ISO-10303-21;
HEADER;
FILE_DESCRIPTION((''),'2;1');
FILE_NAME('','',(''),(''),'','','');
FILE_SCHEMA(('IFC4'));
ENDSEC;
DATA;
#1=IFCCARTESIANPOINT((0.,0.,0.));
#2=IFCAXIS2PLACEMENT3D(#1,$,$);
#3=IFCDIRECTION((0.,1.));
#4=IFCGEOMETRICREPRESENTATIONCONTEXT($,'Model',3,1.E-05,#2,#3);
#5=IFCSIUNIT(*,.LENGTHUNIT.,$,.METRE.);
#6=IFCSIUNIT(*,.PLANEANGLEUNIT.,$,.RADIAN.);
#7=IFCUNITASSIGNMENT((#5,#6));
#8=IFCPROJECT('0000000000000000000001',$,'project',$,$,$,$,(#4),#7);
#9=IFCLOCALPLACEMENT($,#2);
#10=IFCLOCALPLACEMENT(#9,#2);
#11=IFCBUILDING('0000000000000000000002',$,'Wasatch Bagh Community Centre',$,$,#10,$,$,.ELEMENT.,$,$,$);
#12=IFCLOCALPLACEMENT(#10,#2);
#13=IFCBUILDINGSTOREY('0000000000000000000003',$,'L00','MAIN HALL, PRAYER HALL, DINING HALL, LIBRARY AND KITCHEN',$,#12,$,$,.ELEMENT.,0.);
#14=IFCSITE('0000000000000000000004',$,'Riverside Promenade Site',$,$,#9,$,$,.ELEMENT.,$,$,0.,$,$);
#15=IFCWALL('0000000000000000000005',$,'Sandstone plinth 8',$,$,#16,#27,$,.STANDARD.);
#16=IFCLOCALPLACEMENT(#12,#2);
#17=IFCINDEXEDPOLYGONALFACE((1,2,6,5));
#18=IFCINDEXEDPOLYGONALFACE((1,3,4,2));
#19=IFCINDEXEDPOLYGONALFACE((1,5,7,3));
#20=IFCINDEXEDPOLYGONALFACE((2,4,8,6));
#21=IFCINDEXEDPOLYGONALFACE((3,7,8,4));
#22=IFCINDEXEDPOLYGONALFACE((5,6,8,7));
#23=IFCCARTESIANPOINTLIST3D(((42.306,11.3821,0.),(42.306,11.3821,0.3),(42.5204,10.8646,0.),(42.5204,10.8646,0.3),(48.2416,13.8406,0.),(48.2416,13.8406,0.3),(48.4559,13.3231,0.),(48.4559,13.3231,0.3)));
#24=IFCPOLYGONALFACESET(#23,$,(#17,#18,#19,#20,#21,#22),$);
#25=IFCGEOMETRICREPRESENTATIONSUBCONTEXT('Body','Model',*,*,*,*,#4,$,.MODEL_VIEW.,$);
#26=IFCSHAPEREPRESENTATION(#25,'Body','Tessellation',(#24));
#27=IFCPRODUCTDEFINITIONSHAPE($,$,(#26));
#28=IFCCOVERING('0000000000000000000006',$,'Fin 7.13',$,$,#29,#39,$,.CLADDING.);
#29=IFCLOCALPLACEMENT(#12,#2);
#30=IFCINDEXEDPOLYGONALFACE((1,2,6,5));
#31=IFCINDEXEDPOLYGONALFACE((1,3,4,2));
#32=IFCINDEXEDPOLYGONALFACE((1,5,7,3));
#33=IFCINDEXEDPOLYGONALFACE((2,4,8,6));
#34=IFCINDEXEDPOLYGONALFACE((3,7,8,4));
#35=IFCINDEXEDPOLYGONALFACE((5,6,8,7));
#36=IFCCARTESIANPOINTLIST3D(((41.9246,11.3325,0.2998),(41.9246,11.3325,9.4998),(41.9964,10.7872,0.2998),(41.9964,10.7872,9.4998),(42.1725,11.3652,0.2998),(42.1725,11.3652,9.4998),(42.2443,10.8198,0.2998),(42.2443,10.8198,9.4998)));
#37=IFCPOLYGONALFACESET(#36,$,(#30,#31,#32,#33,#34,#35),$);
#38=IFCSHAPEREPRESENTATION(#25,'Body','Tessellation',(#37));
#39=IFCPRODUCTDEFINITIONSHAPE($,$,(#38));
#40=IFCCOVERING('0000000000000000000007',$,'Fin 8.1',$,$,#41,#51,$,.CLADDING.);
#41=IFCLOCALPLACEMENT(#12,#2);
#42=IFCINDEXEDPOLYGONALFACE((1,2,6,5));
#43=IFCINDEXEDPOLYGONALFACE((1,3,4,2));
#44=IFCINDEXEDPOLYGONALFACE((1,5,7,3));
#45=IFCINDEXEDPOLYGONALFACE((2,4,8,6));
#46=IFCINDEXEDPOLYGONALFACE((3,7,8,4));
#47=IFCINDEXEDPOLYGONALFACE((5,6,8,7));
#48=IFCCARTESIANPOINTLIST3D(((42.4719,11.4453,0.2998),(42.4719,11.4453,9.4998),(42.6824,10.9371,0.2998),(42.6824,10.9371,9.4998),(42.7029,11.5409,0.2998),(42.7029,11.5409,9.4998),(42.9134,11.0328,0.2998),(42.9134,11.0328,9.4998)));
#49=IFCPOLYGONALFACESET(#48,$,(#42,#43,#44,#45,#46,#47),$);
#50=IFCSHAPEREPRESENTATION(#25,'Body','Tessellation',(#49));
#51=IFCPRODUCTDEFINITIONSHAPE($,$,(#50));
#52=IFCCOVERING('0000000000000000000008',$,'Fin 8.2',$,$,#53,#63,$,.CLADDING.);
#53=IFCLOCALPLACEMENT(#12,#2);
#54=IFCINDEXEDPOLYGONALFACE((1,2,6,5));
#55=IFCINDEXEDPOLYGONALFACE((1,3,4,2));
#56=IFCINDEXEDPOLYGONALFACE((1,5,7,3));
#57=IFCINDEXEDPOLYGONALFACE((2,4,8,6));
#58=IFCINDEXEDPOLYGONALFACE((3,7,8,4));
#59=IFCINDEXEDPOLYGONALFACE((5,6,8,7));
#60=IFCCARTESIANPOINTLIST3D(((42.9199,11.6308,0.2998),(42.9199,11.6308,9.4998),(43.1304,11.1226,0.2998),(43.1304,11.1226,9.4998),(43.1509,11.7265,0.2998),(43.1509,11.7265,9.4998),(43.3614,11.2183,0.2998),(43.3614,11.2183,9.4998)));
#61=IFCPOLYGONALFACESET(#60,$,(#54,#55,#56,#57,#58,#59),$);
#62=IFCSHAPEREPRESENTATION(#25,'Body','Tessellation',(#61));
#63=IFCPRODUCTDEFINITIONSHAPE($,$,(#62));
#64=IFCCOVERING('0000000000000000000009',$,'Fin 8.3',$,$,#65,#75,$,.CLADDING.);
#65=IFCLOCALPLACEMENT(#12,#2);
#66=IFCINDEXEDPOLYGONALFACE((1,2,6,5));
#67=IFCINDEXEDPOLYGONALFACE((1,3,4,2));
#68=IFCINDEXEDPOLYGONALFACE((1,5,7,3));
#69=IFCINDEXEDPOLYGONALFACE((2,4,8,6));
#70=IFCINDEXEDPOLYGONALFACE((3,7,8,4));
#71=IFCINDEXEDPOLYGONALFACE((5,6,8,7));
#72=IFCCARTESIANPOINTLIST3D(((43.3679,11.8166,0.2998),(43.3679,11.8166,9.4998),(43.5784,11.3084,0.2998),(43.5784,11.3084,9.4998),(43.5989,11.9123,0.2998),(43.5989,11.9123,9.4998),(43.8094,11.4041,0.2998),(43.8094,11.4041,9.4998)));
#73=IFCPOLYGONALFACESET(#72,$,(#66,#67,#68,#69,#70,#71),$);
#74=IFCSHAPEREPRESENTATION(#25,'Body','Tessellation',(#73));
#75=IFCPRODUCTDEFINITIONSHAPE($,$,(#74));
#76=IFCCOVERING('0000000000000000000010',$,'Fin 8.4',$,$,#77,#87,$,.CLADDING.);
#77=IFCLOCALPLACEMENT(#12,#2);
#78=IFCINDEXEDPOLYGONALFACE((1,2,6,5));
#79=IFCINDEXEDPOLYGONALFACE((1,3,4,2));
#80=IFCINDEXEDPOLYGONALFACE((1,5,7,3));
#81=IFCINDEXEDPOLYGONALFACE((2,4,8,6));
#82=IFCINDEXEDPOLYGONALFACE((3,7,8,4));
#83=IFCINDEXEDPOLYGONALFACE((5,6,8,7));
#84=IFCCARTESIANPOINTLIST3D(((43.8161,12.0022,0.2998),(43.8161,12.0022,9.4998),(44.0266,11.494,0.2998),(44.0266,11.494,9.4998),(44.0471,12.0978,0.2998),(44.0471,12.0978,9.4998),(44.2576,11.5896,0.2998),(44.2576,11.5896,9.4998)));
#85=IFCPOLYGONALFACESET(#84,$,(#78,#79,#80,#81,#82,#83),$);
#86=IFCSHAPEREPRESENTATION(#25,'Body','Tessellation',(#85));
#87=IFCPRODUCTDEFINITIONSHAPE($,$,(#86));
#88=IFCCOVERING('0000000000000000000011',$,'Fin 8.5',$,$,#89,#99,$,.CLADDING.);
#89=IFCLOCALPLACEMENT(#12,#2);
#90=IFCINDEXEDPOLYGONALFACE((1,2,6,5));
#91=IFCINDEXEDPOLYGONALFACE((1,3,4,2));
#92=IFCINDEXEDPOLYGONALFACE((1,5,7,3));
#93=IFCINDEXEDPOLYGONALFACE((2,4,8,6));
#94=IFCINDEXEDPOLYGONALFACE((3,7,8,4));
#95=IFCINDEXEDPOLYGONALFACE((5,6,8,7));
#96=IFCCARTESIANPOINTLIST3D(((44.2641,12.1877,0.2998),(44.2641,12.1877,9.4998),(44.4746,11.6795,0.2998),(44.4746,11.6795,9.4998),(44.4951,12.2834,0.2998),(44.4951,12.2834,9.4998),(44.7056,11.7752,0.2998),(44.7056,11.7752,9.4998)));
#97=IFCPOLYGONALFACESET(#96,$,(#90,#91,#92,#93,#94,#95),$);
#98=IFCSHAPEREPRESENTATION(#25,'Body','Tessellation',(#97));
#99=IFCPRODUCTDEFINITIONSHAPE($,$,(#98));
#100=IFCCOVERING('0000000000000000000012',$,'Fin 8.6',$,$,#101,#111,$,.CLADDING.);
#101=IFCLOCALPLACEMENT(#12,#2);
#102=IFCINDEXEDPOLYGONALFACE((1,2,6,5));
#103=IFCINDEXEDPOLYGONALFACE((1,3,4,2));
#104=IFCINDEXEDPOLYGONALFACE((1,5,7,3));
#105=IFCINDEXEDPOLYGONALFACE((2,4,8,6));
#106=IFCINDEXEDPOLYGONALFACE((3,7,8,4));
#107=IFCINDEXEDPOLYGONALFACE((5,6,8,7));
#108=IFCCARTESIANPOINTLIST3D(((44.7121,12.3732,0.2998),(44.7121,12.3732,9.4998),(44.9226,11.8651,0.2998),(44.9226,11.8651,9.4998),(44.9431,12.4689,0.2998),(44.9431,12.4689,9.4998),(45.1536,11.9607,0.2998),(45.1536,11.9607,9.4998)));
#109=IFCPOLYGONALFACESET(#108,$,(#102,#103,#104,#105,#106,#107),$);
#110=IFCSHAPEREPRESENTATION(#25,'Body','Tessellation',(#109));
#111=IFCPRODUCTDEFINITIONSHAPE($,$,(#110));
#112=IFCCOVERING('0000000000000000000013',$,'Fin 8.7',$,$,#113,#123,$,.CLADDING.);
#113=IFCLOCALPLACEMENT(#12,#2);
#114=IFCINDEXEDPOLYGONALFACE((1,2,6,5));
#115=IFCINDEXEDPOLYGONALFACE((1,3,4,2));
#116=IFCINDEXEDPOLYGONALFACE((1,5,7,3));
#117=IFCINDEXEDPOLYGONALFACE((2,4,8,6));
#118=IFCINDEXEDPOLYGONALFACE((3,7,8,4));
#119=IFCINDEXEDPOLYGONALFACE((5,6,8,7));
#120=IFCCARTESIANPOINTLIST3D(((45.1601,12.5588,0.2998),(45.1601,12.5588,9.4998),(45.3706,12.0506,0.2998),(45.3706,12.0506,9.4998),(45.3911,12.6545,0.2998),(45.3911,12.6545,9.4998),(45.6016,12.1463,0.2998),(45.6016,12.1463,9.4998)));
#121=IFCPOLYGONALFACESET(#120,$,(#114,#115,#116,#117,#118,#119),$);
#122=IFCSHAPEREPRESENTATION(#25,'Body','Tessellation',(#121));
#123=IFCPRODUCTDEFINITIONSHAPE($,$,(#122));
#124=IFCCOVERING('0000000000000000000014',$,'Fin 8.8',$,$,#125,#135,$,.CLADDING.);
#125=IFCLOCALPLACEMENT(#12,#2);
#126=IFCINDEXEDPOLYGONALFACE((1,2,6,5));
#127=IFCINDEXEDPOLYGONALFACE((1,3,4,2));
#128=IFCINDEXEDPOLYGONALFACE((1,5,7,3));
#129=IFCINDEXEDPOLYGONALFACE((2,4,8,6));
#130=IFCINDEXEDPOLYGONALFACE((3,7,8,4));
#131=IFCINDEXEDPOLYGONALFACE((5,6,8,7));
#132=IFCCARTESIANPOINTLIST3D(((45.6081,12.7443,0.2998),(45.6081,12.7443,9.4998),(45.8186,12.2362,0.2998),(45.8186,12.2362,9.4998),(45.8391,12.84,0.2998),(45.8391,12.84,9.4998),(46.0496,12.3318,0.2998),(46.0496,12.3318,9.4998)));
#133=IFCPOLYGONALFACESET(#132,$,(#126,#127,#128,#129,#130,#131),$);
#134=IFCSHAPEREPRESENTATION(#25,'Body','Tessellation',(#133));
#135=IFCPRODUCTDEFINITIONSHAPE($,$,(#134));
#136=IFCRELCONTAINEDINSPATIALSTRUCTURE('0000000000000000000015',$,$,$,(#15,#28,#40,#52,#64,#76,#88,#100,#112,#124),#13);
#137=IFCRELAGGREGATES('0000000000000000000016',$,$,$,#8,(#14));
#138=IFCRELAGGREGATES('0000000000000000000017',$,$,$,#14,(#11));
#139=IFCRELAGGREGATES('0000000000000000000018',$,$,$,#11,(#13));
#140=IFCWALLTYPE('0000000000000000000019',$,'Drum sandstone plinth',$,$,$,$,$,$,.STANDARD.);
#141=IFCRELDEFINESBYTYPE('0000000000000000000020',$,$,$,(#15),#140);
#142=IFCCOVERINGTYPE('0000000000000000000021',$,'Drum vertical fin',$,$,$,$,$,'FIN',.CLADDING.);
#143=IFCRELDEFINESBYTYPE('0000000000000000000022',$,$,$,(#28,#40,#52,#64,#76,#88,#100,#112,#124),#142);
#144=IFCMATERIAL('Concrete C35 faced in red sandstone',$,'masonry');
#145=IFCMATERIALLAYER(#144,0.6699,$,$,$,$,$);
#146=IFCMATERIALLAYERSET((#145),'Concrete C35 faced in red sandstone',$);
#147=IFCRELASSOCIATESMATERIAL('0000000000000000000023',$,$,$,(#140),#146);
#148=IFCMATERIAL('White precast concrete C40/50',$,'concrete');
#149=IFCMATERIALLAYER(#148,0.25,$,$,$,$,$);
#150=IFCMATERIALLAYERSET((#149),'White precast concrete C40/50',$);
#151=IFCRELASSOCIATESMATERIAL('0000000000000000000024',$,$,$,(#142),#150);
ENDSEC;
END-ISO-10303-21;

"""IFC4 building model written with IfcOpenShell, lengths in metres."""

from ifc_helpers import new_model, si_unit, direction, frame, frame_2d, origin, origin_2d, place, context, subcontext, project, spatial, rectangle, extrude, material, layer, layer_set, type_object, element, save


model = new_model("IFC4")

# Units and contexts
model_context = context("Model", 3, precision=1e-05, world=origin(), true_north=direction((0.0, 1.0)))
body_context = subcontext(model_context, "Body", "Model", "MODEL_VIEW")
ifc_project = project(units=[si_unit("LENGTHUNIT", "METRE"), si_unit("PLANEANGLEUNIT", "RADIAN")], contexts=[model_context])

# Site, building, storey
site_placement = place(None, origin())
site = spatial("IfcSite", under=ifc_project, at=site_placement, Name="Riverside Promenade Site", CompositionType="ELEMENT", RefElevation=0.0)
building_placement = place(site_placement, origin())
building = spatial("IfcBuilding", under=site, at=building_placement, Name="Wasatch Bagh Community Centre", CompositionType="ELEMENT")
storey_placement = place(building_placement, origin())
storey = spatial("IfcBuildingStorey", under=building, at=storey_placement, Name="L00", Description="MAIN HALL, PRAYER HALL, DINING HALL, LIBRARY AND KITCHEN", CompositionType="ELEMENT", Elevation=0.0)

# Wall
ifc_material_1 = material(Name="Concrete C35 faced in red sandstone", Category="masonry")
ifc_layer_1 = layer(ifc_material_1, 0.6699)
ifc_layer_set_1 = layer_set([ifc_layer_1], Name="Concrete C35 faced in red sandstone")
wall_type = type_object("IfcWallType", Name="Drum sandstone plinth", PredefinedType="STANDARD", material=ifc_layer_set_1)
wall_placement = place(storey_placement, frame((42.4131, 11.1233, 0.0), z_axis=(0.0, 0.0, 1.0), x_axis=(0.923884, 0.382672, 0.0)))
element("IfcWall", 1, at=wall_placement, inside=storey, type_object=wall_type, Name="Sandstone plinth 8", PredefinedType="STANDARD", context=body_context, shape_type="SweptSolid", body=[
    extrude(rectangle(XDim=6.4246, YDim=0.5601, at=frame_2d((3.2124, 0.0))), origin(), (0.0, 0.0, 1.0), 0.3),
])

# Coverings
ifc_material_2 = material(Name="White precast concrete C40/50", Category="concrete")
ifc_layer_2 = layer(ifc_material_2, 0.25)
ifc_layer_set_2 = layer_set([ifc_layer_2], Name="White precast concrete C40/50")
covering_type = type_object("IfcCoveringType", Name="Drum vertical fin", ElementType="FIN", PredefinedType="CLADDING", material=ifc_layer_set_2)
for number, where, z_axis, x_axis, name in (
    (2, (42.0845, 11.0762, 0.2998), (0.0, 0.0, 1.0), (0.991445, 0.130526, 0.0), "Fin 7.13"),
    (3, (42.6926, 11.239, 0.2998), (0.0, 0.0, 1.0), (0.92388, 0.382683, 0.0), "Fin 8.1"),
    (4, (43.1406, 11.4246, 0.2998), (0.0, 0.0, 1.0), (0.92388, 0.382683, 0.0), "Fin 8.2"),
    (5, (43.5886, 11.6104, 0.2998), (0.0, 0.0, 1.0), (0.92388, 0.382683, 0.0), "Fin 8.3"),
    (6, (44.0369, 11.7959, 0.2998), (0.0, 0.0, 1.0), (0.92388, 0.382683, 0.0), "Fin 8.4"),
    (7, (44.4849, 11.9814, 0.2998), (0.0, 0.0, 1.0), (0.92388, 0.382683, 0.0), "Fin 8.5"),
    (8, (44.9329, 12.167, 0.2998), (0.0, 0.0, 1.0), (0.92388, 0.382683, 0.0), "Fin 8.6"),
    (9, (45.3809, 12.3525, 0.2998), (0.0, 0.0, 1.0), (0.92388, 0.382683, 0.0), "Fin 8.7"),
    (10, (45.8289, 12.5381, 0.2998), (0.0, 0.0, 1.0), (0.92388, 0.382683, 0.0), "Fin 8.8"),
):
    element("IfcCovering", number, at=place(storey_placement, frame(where, z_axis=z_axis, x_axis=x_axis)), inside=storey, type_object=covering_type, Name=name, PredefinedType="CLADDING", context=body_context, shape_type="SweptSolid", body=[
        extrude(rectangle(XDim=0.25, YDim=0.55, at=origin_2d()), origin(), (0.0, 0.0, 1.0), 9.2),
    ])

save(model, "model.ifc")
